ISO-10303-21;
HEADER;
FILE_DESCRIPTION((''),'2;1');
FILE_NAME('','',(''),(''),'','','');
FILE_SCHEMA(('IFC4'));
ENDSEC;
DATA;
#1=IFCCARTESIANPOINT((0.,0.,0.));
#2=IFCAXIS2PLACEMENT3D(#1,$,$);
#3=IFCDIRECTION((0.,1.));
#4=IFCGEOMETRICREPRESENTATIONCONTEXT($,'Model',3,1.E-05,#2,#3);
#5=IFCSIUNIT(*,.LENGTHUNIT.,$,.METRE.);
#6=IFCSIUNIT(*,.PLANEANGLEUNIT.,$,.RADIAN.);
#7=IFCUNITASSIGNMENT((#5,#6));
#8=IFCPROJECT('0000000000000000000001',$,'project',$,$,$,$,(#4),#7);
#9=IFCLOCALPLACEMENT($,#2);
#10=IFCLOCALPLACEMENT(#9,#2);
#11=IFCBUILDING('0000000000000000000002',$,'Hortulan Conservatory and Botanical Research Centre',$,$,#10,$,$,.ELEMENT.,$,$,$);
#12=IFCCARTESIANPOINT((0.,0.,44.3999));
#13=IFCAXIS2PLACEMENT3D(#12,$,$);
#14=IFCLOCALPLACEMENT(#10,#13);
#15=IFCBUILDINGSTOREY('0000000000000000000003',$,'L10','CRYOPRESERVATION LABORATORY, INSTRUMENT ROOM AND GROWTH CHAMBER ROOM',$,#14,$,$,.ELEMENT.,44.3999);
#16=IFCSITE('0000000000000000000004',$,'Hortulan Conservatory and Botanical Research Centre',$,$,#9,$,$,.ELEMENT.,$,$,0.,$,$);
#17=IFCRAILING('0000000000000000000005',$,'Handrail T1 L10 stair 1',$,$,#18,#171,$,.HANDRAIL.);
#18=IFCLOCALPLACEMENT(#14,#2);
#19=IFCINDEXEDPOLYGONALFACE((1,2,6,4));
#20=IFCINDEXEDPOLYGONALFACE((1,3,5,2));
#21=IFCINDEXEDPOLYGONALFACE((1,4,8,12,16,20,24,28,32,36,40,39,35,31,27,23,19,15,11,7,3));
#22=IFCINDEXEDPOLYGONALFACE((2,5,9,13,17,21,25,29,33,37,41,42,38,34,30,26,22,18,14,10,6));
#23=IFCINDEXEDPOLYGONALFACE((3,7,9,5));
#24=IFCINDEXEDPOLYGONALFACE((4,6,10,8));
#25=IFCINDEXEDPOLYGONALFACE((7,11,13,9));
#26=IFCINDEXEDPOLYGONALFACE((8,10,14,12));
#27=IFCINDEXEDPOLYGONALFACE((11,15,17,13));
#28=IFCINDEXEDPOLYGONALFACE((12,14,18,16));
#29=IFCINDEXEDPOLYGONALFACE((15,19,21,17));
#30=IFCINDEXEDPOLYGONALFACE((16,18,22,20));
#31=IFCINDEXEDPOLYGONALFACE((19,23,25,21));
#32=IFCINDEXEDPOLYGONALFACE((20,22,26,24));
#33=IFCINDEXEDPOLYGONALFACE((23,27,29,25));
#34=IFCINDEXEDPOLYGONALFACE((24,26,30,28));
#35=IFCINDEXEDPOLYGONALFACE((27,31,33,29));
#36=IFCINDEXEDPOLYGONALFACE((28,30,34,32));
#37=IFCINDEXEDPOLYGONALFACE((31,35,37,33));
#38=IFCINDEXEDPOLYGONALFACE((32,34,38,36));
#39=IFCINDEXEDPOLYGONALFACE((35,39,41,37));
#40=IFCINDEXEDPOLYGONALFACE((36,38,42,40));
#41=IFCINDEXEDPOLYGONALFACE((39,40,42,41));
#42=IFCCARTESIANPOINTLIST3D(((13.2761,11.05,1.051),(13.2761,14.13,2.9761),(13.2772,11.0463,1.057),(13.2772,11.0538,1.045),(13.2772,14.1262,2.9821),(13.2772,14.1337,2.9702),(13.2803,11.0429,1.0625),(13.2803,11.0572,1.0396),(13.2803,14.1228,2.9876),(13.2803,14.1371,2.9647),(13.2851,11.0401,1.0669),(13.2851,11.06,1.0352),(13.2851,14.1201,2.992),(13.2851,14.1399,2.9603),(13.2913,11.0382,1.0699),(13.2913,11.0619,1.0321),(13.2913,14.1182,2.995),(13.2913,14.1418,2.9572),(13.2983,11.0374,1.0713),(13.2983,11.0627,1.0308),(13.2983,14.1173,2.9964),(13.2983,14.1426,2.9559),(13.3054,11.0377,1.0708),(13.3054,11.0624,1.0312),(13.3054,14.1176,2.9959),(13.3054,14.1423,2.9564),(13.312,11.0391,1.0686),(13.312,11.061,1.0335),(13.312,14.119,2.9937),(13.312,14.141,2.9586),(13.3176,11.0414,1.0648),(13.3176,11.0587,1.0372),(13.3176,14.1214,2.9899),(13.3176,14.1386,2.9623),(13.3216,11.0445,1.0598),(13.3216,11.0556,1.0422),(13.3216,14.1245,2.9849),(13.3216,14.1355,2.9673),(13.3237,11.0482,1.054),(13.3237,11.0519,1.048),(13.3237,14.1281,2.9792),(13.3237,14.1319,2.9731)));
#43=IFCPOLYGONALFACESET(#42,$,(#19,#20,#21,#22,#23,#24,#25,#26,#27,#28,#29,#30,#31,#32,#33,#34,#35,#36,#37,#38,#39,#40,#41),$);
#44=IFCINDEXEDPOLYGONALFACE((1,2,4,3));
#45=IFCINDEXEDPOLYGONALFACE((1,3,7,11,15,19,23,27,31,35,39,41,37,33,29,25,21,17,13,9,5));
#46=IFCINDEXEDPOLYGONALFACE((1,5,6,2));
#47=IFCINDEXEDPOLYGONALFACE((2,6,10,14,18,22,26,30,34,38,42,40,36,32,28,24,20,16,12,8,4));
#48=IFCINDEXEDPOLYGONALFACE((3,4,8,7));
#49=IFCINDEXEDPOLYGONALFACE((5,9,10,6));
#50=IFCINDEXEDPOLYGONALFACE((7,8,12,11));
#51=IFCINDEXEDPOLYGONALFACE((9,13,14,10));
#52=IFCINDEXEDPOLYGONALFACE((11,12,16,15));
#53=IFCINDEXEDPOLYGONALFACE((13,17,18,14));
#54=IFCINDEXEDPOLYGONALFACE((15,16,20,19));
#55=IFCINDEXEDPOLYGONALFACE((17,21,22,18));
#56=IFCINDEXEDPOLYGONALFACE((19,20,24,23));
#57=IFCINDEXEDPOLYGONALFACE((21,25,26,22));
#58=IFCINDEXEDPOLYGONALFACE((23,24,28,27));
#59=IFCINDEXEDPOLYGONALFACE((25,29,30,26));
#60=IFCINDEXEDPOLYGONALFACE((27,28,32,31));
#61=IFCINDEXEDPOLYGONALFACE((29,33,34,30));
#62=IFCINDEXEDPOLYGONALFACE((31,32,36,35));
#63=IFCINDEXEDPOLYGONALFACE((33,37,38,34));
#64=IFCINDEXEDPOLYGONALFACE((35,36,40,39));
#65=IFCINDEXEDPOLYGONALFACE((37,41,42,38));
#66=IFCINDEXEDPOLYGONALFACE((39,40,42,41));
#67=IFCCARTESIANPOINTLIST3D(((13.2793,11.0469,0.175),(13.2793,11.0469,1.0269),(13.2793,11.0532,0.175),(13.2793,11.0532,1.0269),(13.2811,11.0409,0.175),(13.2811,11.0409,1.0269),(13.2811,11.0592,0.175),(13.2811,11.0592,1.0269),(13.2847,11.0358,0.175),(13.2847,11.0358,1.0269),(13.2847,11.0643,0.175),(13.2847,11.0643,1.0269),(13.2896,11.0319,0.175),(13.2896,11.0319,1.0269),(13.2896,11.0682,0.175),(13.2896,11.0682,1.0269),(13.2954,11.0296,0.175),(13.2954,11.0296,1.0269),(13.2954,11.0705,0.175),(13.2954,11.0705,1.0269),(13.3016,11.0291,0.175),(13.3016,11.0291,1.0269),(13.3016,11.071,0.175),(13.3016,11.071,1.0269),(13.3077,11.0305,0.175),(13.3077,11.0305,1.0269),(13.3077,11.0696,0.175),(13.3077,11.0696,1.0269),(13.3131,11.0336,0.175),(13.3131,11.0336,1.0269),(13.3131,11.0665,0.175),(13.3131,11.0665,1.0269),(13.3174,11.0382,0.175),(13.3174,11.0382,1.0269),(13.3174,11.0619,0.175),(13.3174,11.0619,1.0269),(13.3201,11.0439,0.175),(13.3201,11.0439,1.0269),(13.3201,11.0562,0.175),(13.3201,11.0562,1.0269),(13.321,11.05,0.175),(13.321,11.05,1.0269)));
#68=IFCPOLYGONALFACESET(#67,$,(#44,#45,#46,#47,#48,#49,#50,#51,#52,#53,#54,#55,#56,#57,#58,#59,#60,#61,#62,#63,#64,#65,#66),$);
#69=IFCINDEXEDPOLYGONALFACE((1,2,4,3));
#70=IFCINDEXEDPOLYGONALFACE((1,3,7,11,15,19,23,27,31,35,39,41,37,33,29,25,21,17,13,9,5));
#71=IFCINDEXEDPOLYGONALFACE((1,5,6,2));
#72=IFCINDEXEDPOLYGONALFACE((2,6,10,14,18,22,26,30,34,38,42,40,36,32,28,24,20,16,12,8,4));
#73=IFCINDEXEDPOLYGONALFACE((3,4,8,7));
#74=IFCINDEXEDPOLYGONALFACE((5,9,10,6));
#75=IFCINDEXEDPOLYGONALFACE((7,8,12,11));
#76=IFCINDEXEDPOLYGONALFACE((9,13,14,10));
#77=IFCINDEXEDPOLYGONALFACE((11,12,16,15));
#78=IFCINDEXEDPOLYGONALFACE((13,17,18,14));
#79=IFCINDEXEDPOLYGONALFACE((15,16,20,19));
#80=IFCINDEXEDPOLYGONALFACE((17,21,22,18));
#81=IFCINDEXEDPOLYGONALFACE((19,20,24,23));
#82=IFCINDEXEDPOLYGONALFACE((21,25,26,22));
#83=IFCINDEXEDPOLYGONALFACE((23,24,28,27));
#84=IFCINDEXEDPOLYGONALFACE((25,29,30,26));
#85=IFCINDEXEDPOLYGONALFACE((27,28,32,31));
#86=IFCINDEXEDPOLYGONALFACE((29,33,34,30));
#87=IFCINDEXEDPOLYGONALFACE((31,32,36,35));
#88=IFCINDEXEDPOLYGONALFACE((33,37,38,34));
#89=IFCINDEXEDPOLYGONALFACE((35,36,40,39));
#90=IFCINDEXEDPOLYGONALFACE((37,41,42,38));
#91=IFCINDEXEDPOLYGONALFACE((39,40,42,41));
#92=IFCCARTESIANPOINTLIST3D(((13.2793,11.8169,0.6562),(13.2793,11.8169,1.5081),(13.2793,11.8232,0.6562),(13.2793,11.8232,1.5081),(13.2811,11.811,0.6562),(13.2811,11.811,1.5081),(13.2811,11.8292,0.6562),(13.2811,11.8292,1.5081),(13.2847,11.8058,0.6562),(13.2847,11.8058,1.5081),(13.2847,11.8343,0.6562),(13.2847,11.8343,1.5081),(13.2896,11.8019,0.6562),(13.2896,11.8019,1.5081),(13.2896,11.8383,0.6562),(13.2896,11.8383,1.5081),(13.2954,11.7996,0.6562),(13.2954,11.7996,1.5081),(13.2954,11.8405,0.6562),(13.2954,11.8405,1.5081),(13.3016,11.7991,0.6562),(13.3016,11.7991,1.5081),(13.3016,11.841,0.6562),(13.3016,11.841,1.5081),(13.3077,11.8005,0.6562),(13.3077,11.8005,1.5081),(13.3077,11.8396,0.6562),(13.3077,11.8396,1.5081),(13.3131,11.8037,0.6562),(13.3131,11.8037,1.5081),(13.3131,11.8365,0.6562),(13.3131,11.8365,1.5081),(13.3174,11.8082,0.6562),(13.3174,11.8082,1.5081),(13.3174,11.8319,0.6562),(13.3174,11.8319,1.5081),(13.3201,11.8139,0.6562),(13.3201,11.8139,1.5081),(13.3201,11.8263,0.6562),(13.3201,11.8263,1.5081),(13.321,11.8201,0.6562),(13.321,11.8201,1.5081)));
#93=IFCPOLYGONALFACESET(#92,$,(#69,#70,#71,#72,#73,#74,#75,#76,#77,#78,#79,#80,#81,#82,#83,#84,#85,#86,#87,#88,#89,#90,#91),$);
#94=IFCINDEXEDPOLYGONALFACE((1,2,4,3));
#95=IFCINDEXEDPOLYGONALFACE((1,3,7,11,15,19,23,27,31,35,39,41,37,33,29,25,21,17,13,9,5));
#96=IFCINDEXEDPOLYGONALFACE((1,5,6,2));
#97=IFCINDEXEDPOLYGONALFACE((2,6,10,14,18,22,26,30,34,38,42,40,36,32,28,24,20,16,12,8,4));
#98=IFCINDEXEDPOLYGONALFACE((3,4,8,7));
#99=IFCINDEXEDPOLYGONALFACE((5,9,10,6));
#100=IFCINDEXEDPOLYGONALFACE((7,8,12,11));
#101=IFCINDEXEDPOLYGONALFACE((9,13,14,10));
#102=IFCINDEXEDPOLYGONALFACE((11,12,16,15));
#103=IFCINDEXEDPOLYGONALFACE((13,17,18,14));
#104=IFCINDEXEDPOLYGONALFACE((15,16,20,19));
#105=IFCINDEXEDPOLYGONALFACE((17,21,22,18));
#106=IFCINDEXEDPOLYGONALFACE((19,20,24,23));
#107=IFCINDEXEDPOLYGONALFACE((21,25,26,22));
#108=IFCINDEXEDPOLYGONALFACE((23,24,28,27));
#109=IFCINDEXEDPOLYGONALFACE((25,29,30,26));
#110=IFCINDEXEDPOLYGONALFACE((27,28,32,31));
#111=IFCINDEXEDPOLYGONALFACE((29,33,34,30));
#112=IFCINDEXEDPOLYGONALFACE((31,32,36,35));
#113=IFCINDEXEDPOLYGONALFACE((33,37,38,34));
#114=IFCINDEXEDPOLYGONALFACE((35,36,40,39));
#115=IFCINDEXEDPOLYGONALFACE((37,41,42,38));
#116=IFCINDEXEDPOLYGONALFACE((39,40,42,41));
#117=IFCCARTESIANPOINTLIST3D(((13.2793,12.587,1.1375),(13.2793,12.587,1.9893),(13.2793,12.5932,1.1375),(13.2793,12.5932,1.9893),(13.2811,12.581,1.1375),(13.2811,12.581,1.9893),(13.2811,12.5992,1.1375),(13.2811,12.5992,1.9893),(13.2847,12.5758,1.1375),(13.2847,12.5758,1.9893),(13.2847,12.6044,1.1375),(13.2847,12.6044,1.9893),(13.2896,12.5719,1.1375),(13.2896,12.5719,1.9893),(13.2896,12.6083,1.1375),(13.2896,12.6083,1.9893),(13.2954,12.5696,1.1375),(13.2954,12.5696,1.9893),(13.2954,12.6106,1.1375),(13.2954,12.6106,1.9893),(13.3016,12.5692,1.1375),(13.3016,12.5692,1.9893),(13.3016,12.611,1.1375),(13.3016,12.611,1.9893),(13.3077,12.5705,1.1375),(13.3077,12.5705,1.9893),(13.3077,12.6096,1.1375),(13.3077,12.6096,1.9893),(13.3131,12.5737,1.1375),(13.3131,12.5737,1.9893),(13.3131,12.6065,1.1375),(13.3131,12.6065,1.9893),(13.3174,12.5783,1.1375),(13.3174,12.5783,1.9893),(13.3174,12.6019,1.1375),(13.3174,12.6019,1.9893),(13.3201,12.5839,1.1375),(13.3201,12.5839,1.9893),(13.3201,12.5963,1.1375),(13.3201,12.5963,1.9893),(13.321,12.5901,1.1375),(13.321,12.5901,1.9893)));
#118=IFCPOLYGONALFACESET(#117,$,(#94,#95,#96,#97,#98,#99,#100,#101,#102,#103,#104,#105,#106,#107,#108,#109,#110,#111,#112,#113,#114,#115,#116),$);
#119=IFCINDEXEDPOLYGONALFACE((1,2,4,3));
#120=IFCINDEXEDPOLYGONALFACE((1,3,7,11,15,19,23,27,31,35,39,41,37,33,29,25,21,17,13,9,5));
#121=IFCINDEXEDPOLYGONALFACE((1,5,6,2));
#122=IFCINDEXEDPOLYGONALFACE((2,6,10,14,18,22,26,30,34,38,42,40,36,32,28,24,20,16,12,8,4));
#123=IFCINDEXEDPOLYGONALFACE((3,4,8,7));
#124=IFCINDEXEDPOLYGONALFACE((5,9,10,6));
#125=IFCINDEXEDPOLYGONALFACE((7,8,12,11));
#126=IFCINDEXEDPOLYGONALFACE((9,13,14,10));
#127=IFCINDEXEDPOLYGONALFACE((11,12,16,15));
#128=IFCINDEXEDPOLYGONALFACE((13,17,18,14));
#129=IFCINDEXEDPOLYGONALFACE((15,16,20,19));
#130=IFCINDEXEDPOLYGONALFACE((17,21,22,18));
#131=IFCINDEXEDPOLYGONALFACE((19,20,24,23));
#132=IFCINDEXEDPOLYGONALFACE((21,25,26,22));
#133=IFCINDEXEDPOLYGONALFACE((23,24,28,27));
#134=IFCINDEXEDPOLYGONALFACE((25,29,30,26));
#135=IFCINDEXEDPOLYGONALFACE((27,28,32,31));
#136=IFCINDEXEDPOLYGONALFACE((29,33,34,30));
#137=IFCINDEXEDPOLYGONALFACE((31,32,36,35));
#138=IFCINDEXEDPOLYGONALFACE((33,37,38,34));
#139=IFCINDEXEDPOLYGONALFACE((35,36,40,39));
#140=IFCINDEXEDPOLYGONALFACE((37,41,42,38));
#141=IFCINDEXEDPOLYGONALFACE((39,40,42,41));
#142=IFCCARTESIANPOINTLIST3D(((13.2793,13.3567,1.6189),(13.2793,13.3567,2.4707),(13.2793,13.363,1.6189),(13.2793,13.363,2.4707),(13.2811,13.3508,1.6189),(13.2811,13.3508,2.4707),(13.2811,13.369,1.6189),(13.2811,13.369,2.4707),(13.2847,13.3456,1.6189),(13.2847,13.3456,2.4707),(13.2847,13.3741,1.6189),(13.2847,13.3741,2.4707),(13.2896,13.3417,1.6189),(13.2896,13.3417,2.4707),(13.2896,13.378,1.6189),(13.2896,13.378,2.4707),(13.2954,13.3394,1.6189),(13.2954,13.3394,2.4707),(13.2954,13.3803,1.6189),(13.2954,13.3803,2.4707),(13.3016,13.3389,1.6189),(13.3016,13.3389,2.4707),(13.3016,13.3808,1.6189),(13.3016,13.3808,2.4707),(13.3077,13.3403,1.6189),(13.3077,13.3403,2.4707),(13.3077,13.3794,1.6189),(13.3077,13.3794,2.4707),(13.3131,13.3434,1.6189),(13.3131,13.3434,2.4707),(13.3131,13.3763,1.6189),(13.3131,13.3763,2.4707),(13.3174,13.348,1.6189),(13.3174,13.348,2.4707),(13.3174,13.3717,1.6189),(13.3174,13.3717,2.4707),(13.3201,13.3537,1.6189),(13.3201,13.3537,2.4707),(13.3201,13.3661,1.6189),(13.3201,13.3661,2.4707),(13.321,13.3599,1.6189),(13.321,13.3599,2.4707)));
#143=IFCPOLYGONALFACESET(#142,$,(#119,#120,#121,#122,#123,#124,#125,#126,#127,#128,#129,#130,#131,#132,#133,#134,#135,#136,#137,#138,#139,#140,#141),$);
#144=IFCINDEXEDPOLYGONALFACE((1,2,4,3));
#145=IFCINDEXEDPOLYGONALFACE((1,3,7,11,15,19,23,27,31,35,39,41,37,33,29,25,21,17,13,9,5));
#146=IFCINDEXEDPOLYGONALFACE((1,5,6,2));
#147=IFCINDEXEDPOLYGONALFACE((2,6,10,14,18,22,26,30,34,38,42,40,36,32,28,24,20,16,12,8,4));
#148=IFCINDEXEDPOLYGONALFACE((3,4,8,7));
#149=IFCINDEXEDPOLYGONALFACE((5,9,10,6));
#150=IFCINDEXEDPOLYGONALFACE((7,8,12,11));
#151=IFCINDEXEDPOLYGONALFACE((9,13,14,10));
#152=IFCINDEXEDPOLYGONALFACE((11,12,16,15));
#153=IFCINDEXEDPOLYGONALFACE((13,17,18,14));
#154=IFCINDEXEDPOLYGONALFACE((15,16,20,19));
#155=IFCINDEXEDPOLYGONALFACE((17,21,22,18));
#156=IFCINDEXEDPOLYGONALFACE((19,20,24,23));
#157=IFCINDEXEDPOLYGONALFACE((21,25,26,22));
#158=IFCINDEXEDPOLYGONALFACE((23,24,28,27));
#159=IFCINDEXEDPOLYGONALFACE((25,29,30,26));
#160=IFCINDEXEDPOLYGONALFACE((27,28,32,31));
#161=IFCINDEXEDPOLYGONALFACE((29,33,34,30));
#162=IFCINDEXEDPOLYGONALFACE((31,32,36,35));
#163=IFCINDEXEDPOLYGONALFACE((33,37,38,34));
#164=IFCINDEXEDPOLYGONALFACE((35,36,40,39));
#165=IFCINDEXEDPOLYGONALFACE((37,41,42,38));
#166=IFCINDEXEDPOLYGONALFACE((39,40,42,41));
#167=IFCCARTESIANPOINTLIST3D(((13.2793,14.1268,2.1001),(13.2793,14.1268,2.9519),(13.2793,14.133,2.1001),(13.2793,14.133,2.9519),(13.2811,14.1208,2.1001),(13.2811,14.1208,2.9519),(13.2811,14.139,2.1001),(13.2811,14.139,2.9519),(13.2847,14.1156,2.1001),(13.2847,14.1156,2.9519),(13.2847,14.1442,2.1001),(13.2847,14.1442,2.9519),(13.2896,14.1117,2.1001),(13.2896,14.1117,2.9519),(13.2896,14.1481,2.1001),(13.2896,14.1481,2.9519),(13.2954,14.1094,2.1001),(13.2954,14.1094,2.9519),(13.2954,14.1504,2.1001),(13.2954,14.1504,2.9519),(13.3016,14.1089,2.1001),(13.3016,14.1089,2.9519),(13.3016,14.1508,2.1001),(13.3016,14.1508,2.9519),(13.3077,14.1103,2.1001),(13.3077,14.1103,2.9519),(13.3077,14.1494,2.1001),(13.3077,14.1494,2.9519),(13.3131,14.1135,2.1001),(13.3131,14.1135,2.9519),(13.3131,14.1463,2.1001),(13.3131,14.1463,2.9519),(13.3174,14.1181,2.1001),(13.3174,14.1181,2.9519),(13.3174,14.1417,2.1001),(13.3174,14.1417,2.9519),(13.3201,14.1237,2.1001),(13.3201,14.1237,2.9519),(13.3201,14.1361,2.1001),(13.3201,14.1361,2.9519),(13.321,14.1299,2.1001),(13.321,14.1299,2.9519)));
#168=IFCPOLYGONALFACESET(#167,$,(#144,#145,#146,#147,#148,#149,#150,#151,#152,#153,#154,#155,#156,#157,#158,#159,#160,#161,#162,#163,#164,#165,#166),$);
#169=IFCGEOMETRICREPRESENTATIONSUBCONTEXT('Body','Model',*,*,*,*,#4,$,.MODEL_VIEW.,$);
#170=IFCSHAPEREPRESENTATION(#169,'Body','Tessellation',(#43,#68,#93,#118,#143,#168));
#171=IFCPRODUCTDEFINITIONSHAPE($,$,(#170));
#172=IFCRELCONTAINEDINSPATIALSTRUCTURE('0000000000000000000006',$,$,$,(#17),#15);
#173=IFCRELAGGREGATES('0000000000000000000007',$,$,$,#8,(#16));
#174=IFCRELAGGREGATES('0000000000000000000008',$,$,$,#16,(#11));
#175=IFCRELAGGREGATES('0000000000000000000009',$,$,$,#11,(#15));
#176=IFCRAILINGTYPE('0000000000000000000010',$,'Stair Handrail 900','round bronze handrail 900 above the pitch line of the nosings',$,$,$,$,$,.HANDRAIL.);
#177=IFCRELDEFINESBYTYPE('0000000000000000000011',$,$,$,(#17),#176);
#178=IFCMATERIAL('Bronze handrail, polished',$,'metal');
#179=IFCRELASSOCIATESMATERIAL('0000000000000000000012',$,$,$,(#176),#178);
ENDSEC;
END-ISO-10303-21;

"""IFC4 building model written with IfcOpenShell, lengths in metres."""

from ifc_helpers import new_model, si_unit, direction, frame, origin, origin_2d, place, context, subcontext, project, spatial, circle, extrude, material, type_object, element, save


model = new_model("IFC4")

# Units and contexts
model_context = context("Model", 3, precision=1e-05, world=origin(), true_north=direction((0.0, 1.0)))
body_context = subcontext(model_context, "Body", "Model", "MODEL_VIEW")
ifc_project = project(units=[si_unit("LENGTHUNIT", "METRE"), si_unit("PLANEANGLEUNIT", "RADIAN")], contexts=[model_context])

# Site, building, storey
site_placement = place(None, origin())
site = spatial("IfcSite", under=ifc_project, at=site_placement, Name="Hortulan Conservatory and Botanical Research Centre", CompositionType="ELEMENT", RefElevation=0.0)
building_placement = place(site_placement, origin())
building = spatial("IfcBuilding", under=site, at=building_placement, Name="Hortulan Conservatory and Botanical Research Centre", CompositionType="ELEMENT")
storey_placement = place(building_placement, frame((0.0, 0.0, 44.3999)))
storey = spatial("IfcBuildingStorey", under=building, at=storey_placement, Name="L10", Description="CRYOPRESERVATION LABORATORY, INSTRUMENT ROOM AND GROWTH CHAMBER ROOM", CompositionType="ELEMENT", Elevation=44.3999)

# Railing
ifc_material_1 = material(Name="Bronze handrail, polished", Category="metal")
railing_type_1 = type_object("IfcRailingType", Name="Stair Handrail 900", Description="round bronze handrail 900 above the pitch line of the nosings", PredefinedType="HANDRAIL", material=ifc_material_1)
railing_1_placement = place(storey_placement, frame((13.3, 11.05, 0.175)))
element("IfcRailing", 1, at=railing_1_placement, inside=storey, type_object=railing_type_1, Name="Handrail T1 L10 stair 1", PredefinedType="HANDRAIL", context=body_context, shape_type="SweptSolid", body=[
    extrude(circle(Radius=0.0239, at=origin_2d()), frame((0.0, 0.0, 0.876), z_axis=(0.0, 0.847979, 0.530029), x_axis=(-1.0, 0.0, 0.0)), (0.0, 0.0, 1.0), 3.6321),
    extrude(circle(Radius=0.021, at=origin_2d()), origin(), (0.0, 0.0, 1.0), 0.8518),
    extrude(circle(Radius=0.021, at=origin_2d()), frame((0.0, 0.77, 0.4812)), (0.0, 0.0, 1.0), 0.8518),
    extrude(circle(Radius=0.021, at=origin_2d()), frame((0.0, 1.54, 0.9624)), (0.0, 0.0, 1.0), 0.8518),
    extrude(circle(Radius=0.021, at=origin_2d()), frame((0.0, 2.3098, 1.4438)), (0.0, 0.0, 1.0), 0.8518),
    extrude(circle(Radius=0.021, at=origin_2d()), frame((0.0, 3.0798, 1.925)), (0.0, 0.0, 1.0), 0.8518),
])

save(model, "model.ifc")
